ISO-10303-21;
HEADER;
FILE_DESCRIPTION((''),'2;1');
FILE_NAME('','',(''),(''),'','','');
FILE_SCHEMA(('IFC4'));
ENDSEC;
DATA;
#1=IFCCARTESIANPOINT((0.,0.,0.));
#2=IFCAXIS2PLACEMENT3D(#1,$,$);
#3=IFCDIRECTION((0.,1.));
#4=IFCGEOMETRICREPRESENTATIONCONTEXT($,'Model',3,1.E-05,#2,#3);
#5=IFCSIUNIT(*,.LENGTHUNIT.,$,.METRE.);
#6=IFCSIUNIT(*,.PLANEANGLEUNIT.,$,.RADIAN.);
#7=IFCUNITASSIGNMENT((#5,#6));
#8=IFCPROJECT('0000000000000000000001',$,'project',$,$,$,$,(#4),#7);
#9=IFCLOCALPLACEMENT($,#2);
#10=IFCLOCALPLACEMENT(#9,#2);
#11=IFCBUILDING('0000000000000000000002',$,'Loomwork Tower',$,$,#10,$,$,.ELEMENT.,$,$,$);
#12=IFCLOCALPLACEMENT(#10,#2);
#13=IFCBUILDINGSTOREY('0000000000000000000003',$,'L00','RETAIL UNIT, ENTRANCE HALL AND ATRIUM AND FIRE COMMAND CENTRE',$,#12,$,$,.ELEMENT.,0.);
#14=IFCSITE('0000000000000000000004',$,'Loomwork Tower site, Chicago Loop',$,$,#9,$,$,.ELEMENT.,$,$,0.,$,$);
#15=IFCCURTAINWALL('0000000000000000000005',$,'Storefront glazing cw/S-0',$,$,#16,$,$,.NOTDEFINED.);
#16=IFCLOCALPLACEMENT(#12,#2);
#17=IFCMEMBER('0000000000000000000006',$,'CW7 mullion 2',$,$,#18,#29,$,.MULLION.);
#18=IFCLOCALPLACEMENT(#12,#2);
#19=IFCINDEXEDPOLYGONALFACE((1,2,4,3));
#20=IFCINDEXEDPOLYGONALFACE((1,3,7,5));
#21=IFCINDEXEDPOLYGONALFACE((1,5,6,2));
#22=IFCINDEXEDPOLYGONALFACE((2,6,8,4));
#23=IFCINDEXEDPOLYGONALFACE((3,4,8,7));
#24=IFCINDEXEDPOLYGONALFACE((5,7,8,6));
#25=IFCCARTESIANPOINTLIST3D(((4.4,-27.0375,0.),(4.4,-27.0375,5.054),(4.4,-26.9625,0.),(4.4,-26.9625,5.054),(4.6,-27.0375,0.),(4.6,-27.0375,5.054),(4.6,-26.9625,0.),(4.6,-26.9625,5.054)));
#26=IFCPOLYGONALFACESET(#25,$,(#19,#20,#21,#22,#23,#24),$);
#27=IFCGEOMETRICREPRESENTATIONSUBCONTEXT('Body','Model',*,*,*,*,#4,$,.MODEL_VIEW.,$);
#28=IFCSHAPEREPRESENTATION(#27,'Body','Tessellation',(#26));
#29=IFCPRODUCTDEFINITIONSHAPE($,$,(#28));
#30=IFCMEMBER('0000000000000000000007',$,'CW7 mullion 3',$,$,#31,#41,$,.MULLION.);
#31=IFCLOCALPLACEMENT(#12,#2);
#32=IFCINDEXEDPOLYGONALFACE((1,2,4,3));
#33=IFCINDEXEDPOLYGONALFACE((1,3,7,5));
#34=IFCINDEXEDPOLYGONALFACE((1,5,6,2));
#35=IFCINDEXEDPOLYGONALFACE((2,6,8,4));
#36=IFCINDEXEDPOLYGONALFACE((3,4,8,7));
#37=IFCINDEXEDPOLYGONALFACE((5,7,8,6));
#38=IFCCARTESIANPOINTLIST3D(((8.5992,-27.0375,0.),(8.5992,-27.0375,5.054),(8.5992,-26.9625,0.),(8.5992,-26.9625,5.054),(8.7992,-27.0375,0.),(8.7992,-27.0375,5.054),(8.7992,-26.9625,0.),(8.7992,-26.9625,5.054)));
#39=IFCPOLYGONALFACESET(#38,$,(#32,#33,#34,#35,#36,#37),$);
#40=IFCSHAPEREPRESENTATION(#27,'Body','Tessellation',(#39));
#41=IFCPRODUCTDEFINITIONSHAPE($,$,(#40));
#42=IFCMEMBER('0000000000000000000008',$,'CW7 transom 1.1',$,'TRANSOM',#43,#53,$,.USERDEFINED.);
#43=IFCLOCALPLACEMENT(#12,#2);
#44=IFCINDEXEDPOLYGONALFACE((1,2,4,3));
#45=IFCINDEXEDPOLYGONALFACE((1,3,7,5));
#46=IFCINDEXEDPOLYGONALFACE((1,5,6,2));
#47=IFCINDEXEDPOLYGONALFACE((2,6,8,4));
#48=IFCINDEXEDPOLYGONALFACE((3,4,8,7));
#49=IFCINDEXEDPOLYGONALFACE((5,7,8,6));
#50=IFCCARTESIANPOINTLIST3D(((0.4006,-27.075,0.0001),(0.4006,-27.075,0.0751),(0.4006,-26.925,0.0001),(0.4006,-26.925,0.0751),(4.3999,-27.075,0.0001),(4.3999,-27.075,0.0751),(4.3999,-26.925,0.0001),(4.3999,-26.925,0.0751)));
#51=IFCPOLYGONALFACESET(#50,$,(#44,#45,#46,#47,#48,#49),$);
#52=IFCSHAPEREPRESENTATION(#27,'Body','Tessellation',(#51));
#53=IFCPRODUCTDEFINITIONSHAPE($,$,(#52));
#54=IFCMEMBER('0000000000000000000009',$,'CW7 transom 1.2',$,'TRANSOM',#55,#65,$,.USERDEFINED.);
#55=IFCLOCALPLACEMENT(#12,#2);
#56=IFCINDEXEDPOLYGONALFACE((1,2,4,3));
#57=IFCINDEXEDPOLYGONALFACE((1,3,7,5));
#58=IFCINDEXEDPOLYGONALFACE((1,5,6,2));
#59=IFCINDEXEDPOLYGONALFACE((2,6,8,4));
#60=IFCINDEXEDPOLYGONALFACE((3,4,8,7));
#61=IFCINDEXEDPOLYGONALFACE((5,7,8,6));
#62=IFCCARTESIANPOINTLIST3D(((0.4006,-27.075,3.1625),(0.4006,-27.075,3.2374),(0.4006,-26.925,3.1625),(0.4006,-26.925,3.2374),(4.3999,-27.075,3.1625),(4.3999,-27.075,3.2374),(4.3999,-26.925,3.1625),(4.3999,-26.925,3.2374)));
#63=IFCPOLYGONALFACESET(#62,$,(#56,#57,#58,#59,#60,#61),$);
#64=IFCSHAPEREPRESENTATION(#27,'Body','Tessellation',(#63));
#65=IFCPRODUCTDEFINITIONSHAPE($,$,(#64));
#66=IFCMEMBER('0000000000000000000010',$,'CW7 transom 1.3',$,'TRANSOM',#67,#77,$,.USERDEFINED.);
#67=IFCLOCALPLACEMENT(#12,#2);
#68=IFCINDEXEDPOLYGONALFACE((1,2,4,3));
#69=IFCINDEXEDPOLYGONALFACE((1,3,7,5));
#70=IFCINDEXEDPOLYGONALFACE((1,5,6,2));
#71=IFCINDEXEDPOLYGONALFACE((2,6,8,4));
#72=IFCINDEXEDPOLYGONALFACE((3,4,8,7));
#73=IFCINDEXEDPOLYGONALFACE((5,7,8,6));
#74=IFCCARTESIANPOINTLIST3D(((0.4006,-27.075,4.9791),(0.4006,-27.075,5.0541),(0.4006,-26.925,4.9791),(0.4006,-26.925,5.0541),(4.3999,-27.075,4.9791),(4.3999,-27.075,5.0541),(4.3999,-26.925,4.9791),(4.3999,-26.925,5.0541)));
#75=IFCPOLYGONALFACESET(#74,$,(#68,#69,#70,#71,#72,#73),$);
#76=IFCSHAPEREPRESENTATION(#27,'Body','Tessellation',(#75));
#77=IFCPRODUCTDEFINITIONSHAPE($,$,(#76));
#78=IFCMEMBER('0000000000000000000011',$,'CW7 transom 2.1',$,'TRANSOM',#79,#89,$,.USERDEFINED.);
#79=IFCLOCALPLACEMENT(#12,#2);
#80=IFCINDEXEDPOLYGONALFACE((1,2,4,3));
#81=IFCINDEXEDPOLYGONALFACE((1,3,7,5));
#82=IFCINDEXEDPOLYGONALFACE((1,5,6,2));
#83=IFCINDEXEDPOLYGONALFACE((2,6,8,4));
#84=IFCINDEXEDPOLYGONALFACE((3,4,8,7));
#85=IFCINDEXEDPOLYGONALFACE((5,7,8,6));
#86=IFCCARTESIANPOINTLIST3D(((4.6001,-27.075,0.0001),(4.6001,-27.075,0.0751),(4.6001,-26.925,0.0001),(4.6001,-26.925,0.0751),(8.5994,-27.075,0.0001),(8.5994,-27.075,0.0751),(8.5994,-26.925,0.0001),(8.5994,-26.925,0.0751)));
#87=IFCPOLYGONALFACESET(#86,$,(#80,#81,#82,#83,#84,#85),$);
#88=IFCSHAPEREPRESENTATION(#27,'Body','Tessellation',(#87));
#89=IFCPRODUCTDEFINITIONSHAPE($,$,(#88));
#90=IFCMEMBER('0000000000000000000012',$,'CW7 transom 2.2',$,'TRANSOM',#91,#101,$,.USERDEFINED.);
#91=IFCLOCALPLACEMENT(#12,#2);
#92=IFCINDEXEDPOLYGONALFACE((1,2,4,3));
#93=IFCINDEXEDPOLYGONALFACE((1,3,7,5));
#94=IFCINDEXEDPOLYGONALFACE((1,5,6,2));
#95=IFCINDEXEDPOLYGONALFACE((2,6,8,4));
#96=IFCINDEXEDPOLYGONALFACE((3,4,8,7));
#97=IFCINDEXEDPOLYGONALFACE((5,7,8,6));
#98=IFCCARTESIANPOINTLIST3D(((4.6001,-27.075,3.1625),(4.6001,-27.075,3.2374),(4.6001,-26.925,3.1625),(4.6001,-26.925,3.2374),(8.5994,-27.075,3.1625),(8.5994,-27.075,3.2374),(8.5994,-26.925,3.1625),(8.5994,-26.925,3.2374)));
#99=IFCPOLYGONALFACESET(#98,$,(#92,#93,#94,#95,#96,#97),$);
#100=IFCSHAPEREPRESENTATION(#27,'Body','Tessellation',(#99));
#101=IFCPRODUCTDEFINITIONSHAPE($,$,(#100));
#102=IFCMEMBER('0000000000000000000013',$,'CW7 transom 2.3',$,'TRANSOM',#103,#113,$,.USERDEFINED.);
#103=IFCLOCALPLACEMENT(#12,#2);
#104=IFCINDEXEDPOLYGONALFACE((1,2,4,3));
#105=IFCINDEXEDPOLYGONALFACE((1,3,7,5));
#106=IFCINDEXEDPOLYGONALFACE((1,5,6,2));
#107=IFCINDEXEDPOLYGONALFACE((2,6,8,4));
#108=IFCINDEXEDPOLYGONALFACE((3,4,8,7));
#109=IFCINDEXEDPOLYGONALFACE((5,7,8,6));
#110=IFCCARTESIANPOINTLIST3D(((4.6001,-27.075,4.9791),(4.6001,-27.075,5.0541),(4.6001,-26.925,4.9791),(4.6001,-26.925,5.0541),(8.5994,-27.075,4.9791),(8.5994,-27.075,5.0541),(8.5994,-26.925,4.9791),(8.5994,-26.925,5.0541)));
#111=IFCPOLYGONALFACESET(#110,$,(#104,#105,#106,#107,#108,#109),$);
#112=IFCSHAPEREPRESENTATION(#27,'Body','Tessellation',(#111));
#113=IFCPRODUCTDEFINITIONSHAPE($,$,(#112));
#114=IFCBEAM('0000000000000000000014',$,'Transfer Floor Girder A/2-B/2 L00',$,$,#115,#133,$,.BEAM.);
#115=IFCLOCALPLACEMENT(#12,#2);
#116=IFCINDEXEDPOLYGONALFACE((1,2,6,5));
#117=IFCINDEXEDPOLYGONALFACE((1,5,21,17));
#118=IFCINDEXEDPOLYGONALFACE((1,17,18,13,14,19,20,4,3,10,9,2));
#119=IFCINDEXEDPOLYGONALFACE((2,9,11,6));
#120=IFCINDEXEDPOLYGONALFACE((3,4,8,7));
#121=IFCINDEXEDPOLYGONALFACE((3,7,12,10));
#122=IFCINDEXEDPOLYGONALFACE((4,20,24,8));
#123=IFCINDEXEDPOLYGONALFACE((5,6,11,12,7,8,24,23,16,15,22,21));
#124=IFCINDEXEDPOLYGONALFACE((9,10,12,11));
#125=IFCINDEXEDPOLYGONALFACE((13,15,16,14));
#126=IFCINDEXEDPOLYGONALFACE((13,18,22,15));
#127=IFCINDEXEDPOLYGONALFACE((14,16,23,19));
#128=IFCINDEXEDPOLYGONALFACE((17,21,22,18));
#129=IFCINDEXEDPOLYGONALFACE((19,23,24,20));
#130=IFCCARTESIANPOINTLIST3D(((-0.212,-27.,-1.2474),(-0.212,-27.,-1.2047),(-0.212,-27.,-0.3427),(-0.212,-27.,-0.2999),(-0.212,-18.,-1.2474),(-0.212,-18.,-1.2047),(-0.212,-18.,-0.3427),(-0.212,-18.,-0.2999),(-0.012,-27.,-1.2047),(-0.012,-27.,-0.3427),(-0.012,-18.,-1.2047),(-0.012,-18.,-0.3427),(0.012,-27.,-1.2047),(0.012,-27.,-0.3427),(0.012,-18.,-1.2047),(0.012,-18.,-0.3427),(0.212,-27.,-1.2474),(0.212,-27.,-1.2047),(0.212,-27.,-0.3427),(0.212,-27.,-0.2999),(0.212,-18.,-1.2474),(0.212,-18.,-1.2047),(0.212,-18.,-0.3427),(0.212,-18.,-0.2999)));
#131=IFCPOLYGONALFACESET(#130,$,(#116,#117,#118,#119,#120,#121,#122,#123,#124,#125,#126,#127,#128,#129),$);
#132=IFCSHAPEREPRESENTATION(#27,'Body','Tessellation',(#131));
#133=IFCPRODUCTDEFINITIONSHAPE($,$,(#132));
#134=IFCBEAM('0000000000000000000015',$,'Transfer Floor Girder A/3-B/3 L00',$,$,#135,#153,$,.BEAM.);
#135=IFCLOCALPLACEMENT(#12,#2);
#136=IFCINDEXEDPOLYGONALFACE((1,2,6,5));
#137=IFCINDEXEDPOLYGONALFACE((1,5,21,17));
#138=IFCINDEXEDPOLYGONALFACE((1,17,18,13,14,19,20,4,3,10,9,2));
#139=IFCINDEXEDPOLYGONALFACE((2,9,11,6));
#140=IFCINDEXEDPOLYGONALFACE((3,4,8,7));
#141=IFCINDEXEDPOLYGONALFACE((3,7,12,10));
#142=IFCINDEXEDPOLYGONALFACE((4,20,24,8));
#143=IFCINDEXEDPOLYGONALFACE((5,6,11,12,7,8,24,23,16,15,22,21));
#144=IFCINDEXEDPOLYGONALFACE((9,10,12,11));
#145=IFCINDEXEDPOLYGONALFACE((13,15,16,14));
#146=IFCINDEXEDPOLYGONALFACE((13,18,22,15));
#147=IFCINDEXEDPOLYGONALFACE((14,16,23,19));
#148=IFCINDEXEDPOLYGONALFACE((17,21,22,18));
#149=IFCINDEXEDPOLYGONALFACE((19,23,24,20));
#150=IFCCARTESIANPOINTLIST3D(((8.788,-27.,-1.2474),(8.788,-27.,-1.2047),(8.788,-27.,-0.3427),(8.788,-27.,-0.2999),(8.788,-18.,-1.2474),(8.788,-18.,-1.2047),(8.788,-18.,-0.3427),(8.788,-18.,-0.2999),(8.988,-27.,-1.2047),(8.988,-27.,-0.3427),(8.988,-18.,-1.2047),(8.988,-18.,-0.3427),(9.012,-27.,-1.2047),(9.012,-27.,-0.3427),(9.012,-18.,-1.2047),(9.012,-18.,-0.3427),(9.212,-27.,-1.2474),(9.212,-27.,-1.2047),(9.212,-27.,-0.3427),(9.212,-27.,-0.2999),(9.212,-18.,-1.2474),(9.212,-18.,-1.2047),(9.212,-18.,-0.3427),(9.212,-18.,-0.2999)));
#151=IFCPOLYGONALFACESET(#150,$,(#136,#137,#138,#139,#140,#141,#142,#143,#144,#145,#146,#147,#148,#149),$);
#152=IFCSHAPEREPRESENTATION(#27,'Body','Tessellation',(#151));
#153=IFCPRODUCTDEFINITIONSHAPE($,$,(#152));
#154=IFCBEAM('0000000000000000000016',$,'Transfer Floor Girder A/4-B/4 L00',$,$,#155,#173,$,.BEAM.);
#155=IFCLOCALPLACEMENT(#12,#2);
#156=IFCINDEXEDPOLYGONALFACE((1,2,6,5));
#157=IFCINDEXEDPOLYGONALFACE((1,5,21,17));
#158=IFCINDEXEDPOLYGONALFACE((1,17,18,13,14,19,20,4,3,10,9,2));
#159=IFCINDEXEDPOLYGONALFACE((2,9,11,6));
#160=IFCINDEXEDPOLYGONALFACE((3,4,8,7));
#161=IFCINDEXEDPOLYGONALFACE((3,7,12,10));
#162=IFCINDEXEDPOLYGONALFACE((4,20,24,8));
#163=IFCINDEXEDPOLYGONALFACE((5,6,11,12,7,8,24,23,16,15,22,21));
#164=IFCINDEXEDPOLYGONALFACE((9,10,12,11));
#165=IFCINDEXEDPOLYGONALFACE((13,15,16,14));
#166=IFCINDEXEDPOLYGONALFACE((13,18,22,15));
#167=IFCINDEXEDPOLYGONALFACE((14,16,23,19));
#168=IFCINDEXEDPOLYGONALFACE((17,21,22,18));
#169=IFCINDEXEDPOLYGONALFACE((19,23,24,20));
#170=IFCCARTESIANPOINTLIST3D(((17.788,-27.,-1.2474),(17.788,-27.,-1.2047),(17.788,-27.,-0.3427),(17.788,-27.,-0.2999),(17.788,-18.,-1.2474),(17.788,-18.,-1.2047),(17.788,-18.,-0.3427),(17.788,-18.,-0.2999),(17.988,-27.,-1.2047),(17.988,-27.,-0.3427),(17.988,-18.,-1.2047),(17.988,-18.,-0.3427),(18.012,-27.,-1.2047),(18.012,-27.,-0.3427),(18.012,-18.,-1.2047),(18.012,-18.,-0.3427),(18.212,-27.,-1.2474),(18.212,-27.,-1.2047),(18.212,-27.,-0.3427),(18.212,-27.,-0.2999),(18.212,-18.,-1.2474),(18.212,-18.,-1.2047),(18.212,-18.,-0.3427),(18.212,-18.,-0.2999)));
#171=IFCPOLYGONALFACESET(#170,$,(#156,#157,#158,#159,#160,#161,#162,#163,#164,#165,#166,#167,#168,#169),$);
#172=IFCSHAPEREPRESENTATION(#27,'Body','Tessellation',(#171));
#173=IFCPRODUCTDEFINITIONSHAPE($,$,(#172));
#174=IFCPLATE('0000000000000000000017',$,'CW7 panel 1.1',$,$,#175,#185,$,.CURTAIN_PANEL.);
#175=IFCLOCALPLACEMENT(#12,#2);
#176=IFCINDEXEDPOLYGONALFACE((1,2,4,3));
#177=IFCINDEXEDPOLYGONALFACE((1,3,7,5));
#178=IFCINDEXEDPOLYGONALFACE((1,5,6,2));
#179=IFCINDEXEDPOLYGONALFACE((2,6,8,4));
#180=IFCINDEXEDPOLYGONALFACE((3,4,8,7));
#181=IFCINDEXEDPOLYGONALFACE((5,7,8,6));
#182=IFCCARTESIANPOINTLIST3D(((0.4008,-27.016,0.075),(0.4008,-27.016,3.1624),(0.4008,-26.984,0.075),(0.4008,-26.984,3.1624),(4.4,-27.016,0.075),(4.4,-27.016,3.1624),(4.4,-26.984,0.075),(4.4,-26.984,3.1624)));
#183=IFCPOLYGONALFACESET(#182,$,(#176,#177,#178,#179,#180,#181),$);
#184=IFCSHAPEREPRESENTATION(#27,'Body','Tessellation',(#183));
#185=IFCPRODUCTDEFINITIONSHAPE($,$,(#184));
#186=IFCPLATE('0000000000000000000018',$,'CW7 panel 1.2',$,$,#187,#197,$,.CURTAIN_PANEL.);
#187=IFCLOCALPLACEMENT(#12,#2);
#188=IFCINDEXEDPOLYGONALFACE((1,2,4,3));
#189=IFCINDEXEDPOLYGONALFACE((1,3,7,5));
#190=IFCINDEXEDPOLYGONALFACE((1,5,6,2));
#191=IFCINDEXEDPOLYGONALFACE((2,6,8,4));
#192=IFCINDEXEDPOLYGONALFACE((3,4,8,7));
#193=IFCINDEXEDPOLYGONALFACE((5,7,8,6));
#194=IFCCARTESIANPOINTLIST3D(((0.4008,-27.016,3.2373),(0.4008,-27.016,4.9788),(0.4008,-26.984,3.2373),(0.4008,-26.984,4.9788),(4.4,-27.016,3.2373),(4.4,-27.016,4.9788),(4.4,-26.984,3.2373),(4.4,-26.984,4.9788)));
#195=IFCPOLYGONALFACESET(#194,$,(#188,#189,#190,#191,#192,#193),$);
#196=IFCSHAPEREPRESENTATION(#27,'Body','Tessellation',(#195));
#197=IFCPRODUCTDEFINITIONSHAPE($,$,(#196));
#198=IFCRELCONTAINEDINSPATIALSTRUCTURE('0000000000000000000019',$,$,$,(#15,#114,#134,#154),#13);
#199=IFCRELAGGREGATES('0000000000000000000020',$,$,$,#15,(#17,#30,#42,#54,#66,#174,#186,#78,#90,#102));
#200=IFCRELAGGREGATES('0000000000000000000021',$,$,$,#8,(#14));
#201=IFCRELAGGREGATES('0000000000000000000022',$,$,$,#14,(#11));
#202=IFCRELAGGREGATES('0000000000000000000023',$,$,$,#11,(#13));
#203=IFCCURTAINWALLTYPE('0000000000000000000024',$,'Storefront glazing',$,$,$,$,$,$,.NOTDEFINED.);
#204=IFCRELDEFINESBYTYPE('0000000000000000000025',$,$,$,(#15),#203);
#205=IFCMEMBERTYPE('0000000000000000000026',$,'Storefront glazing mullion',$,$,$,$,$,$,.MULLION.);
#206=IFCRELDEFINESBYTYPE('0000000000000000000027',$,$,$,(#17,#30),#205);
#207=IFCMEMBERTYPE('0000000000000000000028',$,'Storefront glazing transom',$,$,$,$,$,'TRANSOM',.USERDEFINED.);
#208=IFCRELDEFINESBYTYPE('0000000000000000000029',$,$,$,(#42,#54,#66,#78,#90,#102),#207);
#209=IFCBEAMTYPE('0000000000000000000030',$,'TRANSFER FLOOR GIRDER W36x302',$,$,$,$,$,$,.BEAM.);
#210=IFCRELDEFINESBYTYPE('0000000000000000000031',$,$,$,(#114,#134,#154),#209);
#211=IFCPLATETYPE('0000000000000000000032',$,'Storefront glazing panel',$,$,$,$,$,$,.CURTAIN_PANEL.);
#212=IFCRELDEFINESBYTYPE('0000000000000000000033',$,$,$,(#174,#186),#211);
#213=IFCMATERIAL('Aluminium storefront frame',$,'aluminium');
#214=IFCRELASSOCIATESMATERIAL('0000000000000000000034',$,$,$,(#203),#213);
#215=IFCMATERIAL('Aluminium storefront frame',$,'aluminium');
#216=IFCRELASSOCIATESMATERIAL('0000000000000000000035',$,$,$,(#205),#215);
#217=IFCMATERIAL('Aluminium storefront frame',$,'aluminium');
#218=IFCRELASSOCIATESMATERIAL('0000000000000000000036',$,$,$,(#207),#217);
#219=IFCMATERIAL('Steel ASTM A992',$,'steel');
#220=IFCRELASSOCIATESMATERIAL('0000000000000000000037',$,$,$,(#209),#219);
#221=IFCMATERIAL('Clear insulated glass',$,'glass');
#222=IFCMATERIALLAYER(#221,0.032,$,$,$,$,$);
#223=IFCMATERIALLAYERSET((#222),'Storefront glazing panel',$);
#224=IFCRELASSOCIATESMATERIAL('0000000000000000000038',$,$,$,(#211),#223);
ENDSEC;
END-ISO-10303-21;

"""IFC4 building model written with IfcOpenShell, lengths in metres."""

from ifc_helpers import new_model, si_unit, direction, frame, origin, origin_2d, place, context, subcontext, project, spatial, rectangle, i_section, extrude, material, layer, layer_set, material_profile, profile_set, type_object, element, aggregate, save


model = new_model("IFC4")

# Units and contexts
model_context = context("Model", 3, precision=1e-05, world=origin(), true_north=direction((0.0, 1.0)))
body_context = subcontext(model_context, "Body", "Model", "MODEL_VIEW")
ifc_project = project(units=[si_unit("LENGTHUNIT", "METRE"), si_unit("PLANEANGLEUNIT", "RADIAN")], contexts=[model_context])

# Site, building, storey
site_placement = place(None, origin())
site = spatial("IfcSite", under=ifc_project, at=site_placement, Name="Loomwork Tower site, Chicago Loop", CompositionType="ELEMENT", RefElevation=0.0)
building_placement = place(site_placement, origin())
building = spatial("IfcBuilding", under=site, at=building_placement, Name="Loomwork Tower", CompositionType="ELEMENT")
storey_placement = place(building_placement, origin())
storey = spatial("IfcBuildingStorey", under=building, at=storey_placement, Name="L00", Description="RETAIL UNIT, ENTRANCE HALL AND ATRIUM AND FIRE COMMAND CENTRE", CompositionType="ELEMENT", Elevation=0.0)

# Curtain wall, members
ifc_material_1 = material(Name="Aluminium storefront frame", Category="aluminium")
curtain_wall_type = type_object("IfcCurtainWallType", Name="Storefront glazing", PredefinedType="NOTDEFINED", material=ifc_material_1)
curtain_wall_placement = place(storey_placement, origin())
curtain_wall = element("IfcCurtainWall", 1, at=curtain_wall_placement, inside=storey, type_object=curtain_wall_type, Name="Storefront glazing cw/S-0", PredefinedType="NOTDEFINED")
ifc_material_2 = material(Name="Aluminium storefront frame", Category="aluminium")
ifc_material_profile_1 = material_profile(ifc_material_2, rectangle(XDim=0.075, YDim=0.2, at=origin_2d()), Name="AL 75x200")
ifc_profile_set_1 = profile_set([ifc_material_profile_1], Name="Aluminium storefront frame")
member_type_1 = type_object("IfcMemberType", Name="Storefront glazing mullion", PredefinedType="MULLION", material=ifc_profile_set_1)
member_1_placement = place(storey_placement, frame((4.5, -27.0, 0.0), z_axis=(0.0, 0.0, 1.0), x_axis=(0.0, 1.0, 0.0)))
member_1 = element("IfcMember", 2, at=member_1_placement, type_object=member_type_1, Name="CW7 mullion 2", PredefinedType="MULLION", context=body_context, shape_type="SweptSolid", body=[
    extrude(rectangle(XDim=0.075, YDim=0.2, at=origin_2d()), origin(), (0.0, 0.0, 1.0), 5.054),
])
member_2_placement = place(storey_placement, frame((8.6992, -27.0, 0.0), z_axis=(0.0, 0.0, 1.0), x_axis=(0.0, 1.0, 0.0)))
member_2 = element("IfcMember", 3, at=member_2_placement, type_object=member_type_1, Name="CW7 mullion 3", PredefinedType="MULLION", context=body_context, shape_type="SweptSolid", body=[
    extrude(rectangle(XDim=0.075, YDim=0.2, at=origin_2d()), origin(), (0.0, 0.0, 1.0), 5.054),
])
ifc_material_3 = material(Name="Aluminium storefront frame", Category="aluminium")
ifc_material_profile_2 = material_profile(ifc_material_3, rectangle(XDim=0.1499, YDim=0.075, at=origin_2d()), Name="AL 75x150")
ifc_profile_set_2 = profile_set([ifc_material_profile_2], Name="Aluminium storefront frame")
member_type_2 = type_object("IfcMemberType", Name="Storefront glazing transom", ElementType="TRANSOM", PredefinedType="USERDEFINED", material=ifc_profile_set_2)
member_3_placement = place(storey_placement, frame((0.4006, -27.0, 0.0376), z_axis=(1.0, 0.0, 0.0), x_axis=(0.0, 1.0, 0.0)))
member_3 = element("IfcMember", 4, at=member_3_placement, type_object=member_type_2, Name="CW7 transom 1.1", ObjectType="TRANSOM", PredefinedType="USERDEFINED", context=body_context, shape_type="SweptSolid", body=[
    extrude(rectangle(XDim=0.1499, YDim=0.075, at=origin_2d()), origin(), (0.0, 0.0, 1.0), 3.9993),
])
member_4_placement = place(storey_placement, frame((0.4006, -27.0, 3.2), z_axis=(1.0, 0.0, 0.0), x_axis=(0.0, 1.0, 0.0)))
member_4 = element("IfcMember", 5, at=member_4_placement, type_object=member_type_2, Name="CW7 transom 1.2", ObjectType="TRANSOM", PredefinedType="USERDEFINED", context=body_context, shape_type="SweptSolid", body=[
    extrude(rectangle(XDim=0.1499, YDim=0.075, at=origin_2d()), origin(), (0.0, 0.0, 1.0), 3.9993),
])
member_5_placement = place(storey_placement, frame((0.4006, -27.0, 5.0166), z_axis=(1.0, 0.0, 0.0), x_axis=(0.0, 1.0, 0.0)))
member_5 = element("IfcMember", 6, at=member_5_placement, type_object=member_type_2, Name="CW7 transom 1.3", ObjectType="TRANSOM", PredefinedType="USERDEFINED", context=body_context, shape_type="SweptSolid", body=[
    extrude(rectangle(XDim=0.1499, YDim=0.075, at=origin_2d()), origin(), (0.0, 0.0, 1.0), 3.9993),
])
member_6_placement = place(storey_placement, frame((4.6001, -27.0, 0.0376), z_axis=(1.0, 0.0, 0.0), x_axis=(0.0, 1.0, 0.0)))
member_6 = element("IfcMember", 7, at=member_6_placement, type_object=member_type_2, Name="CW7 transom 2.1", ObjectType="TRANSOM", PredefinedType="USERDEFINED", context=body_context, shape_type="SweptSolid", body=[
    extrude(rectangle(XDim=0.1499, YDim=0.075, at=origin_2d()), origin(), (0.0, 0.0, 1.0), 3.9993),
])
member_7_placement = place(storey_placement, frame((4.6001, -27.0, 3.2), z_axis=(1.0, 0.0, 0.0), x_axis=(0.0, 1.0, 0.0)))
member_7 = element("IfcMember", 8, at=member_7_placement, type_object=member_type_2, Name="CW7 transom 2.2", ObjectType="TRANSOM", PredefinedType="USERDEFINED", context=body_context, shape_type="SweptSolid", body=[
    extrude(rectangle(XDim=0.1499, YDim=0.075, at=origin_2d()), origin(), (0.0, 0.0, 1.0), 3.9993),
])
member_8_placement = place(storey_placement, frame((4.6001, -27.0, 5.0166), z_axis=(1.0, 0.0, 0.0), x_axis=(0.0, 1.0, 0.0)))
member_8 = element("IfcMember", 9, at=member_8_placement, type_object=member_type_2, Name="CW7 transom 2.3", ObjectType="TRANSOM", PredefinedType="USERDEFINED", context=body_context, shape_type="SweptSolid", body=[
    extrude(rectangle(XDim=0.1499, YDim=0.075, at=origin_2d()), origin(), (0.0, 0.0, 1.0), 3.9993),
])

# Beams
ifc_material_4 = material(Name="Steel ASTM A992", Category="steel")
ifc_material_profile_3 = material_profile(ifc_material_4, i_section(OverallWidth=0.4241, OverallDepth=0.9475, WebThickness=0.0239, FlangeThickness=0.0427, at=origin_2d()), Name="W36x302")
ifc_profile_set_3 = profile_set([ifc_material_profile_3], Name="Steel ASTM A992")
beam_type_1 = type_object("IfcBeamType", Name="TRANSFER FLOOR GIRDER W36x302", PredefinedType="BEAM", material=ifc_profile_set_3)
for number, where, z_axis, x_axis, name in (
    (10, (0.0, -27.0, -0.7737), (0.0, 1.0, 0.0), (-1.0, 0.0, 0.0), "Transfer Floor Girder A/2-B/2 L00"),
    (11, (9.0, -27.0, -0.7737), (0.0, 1.0, 0.0), (-1.0, 0.0, 0.0), "Transfer Floor Girder A/3-B/3 L00"),
    (12, (18.0, -27.0, -0.7737), (0.0, 1.0, 0.0), (-1.0, 0.0, 0.0), "Transfer Floor Girder A/4-B/4 L00"),
):
    element("IfcBeam", number, at=place(storey_placement, frame(where, z_axis=z_axis, x_axis=x_axis)), inside=storey, type_object=beam_type_1, Name=name, PredefinedType="BEAM", context=body_context, shape_type="SweptSolid", body=[
        extrude(i_section(OverallWidth=0.4241, OverallDepth=0.9475, WebThickness=0.0239, FlangeThickness=0.0427, at=origin_2d()), origin(), (0.0, 0.0, 1.0), 9.0),
    ])

# Plates
ifc_material_5 = material(Name="Clear insulated glass", Category="glass")
ifc_layer_1 = layer(ifc_material_5, 0.032)
ifc_layer_set_1 = layer_set([ifc_layer_1], Name="Storefront glazing panel")
plate_type = type_object("IfcPlateType", Name="Storefront glazing panel", PredefinedType="CURTAIN_PANEL", material=ifc_layer_set_1)
plate_1_placement = place(storey_placement, frame((2.4004, -27.0, 0.075), z_axis=(0.0, 0.0, 1.0), x_axis=(1.0, 0.0, 0.0)))
plate_1 = element("IfcPlate", 13, at=plate_1_placement, type_object=plate_type, Name="CW7 panel 1.1", PredefinedType="CURTAIN_PANEL", context=body_context, shape_type="SweptSolid", body=[
    extrude(rectangle(XDim=3.9993, YDim=0.032, at=origin_2d()), origin(), (0.0, 0.0, 1.0), 3.0874),
])
plate_2_placement = place(storey_placement, frame((2.4004, -27.0, 3.2373), z_axis=(0.0, 0.0, 1.0), x_axis=(1.0, 0.0, 0.0)))
plate_2 = element("IfcPlate", 14, at=plate_2_placement, type_object=plate_type, Name="CW7 panel 1.2", PredefinedType="CURTAIN_PANEL", context=body_context, shape_type="SweptSolid", body=[
    extrude(rectangle(XDim=3.9993, YDim=0.032, at=origin_2d()), origin(), (0.0, 0.0, 1.0), 1.7415),
])
aggregate(curtain_wall, [member_1, member_2, member_3, member_4, member_5, plate_1, plate_2, member_6, member_7, member_8])

save(model, "model.ifc")
